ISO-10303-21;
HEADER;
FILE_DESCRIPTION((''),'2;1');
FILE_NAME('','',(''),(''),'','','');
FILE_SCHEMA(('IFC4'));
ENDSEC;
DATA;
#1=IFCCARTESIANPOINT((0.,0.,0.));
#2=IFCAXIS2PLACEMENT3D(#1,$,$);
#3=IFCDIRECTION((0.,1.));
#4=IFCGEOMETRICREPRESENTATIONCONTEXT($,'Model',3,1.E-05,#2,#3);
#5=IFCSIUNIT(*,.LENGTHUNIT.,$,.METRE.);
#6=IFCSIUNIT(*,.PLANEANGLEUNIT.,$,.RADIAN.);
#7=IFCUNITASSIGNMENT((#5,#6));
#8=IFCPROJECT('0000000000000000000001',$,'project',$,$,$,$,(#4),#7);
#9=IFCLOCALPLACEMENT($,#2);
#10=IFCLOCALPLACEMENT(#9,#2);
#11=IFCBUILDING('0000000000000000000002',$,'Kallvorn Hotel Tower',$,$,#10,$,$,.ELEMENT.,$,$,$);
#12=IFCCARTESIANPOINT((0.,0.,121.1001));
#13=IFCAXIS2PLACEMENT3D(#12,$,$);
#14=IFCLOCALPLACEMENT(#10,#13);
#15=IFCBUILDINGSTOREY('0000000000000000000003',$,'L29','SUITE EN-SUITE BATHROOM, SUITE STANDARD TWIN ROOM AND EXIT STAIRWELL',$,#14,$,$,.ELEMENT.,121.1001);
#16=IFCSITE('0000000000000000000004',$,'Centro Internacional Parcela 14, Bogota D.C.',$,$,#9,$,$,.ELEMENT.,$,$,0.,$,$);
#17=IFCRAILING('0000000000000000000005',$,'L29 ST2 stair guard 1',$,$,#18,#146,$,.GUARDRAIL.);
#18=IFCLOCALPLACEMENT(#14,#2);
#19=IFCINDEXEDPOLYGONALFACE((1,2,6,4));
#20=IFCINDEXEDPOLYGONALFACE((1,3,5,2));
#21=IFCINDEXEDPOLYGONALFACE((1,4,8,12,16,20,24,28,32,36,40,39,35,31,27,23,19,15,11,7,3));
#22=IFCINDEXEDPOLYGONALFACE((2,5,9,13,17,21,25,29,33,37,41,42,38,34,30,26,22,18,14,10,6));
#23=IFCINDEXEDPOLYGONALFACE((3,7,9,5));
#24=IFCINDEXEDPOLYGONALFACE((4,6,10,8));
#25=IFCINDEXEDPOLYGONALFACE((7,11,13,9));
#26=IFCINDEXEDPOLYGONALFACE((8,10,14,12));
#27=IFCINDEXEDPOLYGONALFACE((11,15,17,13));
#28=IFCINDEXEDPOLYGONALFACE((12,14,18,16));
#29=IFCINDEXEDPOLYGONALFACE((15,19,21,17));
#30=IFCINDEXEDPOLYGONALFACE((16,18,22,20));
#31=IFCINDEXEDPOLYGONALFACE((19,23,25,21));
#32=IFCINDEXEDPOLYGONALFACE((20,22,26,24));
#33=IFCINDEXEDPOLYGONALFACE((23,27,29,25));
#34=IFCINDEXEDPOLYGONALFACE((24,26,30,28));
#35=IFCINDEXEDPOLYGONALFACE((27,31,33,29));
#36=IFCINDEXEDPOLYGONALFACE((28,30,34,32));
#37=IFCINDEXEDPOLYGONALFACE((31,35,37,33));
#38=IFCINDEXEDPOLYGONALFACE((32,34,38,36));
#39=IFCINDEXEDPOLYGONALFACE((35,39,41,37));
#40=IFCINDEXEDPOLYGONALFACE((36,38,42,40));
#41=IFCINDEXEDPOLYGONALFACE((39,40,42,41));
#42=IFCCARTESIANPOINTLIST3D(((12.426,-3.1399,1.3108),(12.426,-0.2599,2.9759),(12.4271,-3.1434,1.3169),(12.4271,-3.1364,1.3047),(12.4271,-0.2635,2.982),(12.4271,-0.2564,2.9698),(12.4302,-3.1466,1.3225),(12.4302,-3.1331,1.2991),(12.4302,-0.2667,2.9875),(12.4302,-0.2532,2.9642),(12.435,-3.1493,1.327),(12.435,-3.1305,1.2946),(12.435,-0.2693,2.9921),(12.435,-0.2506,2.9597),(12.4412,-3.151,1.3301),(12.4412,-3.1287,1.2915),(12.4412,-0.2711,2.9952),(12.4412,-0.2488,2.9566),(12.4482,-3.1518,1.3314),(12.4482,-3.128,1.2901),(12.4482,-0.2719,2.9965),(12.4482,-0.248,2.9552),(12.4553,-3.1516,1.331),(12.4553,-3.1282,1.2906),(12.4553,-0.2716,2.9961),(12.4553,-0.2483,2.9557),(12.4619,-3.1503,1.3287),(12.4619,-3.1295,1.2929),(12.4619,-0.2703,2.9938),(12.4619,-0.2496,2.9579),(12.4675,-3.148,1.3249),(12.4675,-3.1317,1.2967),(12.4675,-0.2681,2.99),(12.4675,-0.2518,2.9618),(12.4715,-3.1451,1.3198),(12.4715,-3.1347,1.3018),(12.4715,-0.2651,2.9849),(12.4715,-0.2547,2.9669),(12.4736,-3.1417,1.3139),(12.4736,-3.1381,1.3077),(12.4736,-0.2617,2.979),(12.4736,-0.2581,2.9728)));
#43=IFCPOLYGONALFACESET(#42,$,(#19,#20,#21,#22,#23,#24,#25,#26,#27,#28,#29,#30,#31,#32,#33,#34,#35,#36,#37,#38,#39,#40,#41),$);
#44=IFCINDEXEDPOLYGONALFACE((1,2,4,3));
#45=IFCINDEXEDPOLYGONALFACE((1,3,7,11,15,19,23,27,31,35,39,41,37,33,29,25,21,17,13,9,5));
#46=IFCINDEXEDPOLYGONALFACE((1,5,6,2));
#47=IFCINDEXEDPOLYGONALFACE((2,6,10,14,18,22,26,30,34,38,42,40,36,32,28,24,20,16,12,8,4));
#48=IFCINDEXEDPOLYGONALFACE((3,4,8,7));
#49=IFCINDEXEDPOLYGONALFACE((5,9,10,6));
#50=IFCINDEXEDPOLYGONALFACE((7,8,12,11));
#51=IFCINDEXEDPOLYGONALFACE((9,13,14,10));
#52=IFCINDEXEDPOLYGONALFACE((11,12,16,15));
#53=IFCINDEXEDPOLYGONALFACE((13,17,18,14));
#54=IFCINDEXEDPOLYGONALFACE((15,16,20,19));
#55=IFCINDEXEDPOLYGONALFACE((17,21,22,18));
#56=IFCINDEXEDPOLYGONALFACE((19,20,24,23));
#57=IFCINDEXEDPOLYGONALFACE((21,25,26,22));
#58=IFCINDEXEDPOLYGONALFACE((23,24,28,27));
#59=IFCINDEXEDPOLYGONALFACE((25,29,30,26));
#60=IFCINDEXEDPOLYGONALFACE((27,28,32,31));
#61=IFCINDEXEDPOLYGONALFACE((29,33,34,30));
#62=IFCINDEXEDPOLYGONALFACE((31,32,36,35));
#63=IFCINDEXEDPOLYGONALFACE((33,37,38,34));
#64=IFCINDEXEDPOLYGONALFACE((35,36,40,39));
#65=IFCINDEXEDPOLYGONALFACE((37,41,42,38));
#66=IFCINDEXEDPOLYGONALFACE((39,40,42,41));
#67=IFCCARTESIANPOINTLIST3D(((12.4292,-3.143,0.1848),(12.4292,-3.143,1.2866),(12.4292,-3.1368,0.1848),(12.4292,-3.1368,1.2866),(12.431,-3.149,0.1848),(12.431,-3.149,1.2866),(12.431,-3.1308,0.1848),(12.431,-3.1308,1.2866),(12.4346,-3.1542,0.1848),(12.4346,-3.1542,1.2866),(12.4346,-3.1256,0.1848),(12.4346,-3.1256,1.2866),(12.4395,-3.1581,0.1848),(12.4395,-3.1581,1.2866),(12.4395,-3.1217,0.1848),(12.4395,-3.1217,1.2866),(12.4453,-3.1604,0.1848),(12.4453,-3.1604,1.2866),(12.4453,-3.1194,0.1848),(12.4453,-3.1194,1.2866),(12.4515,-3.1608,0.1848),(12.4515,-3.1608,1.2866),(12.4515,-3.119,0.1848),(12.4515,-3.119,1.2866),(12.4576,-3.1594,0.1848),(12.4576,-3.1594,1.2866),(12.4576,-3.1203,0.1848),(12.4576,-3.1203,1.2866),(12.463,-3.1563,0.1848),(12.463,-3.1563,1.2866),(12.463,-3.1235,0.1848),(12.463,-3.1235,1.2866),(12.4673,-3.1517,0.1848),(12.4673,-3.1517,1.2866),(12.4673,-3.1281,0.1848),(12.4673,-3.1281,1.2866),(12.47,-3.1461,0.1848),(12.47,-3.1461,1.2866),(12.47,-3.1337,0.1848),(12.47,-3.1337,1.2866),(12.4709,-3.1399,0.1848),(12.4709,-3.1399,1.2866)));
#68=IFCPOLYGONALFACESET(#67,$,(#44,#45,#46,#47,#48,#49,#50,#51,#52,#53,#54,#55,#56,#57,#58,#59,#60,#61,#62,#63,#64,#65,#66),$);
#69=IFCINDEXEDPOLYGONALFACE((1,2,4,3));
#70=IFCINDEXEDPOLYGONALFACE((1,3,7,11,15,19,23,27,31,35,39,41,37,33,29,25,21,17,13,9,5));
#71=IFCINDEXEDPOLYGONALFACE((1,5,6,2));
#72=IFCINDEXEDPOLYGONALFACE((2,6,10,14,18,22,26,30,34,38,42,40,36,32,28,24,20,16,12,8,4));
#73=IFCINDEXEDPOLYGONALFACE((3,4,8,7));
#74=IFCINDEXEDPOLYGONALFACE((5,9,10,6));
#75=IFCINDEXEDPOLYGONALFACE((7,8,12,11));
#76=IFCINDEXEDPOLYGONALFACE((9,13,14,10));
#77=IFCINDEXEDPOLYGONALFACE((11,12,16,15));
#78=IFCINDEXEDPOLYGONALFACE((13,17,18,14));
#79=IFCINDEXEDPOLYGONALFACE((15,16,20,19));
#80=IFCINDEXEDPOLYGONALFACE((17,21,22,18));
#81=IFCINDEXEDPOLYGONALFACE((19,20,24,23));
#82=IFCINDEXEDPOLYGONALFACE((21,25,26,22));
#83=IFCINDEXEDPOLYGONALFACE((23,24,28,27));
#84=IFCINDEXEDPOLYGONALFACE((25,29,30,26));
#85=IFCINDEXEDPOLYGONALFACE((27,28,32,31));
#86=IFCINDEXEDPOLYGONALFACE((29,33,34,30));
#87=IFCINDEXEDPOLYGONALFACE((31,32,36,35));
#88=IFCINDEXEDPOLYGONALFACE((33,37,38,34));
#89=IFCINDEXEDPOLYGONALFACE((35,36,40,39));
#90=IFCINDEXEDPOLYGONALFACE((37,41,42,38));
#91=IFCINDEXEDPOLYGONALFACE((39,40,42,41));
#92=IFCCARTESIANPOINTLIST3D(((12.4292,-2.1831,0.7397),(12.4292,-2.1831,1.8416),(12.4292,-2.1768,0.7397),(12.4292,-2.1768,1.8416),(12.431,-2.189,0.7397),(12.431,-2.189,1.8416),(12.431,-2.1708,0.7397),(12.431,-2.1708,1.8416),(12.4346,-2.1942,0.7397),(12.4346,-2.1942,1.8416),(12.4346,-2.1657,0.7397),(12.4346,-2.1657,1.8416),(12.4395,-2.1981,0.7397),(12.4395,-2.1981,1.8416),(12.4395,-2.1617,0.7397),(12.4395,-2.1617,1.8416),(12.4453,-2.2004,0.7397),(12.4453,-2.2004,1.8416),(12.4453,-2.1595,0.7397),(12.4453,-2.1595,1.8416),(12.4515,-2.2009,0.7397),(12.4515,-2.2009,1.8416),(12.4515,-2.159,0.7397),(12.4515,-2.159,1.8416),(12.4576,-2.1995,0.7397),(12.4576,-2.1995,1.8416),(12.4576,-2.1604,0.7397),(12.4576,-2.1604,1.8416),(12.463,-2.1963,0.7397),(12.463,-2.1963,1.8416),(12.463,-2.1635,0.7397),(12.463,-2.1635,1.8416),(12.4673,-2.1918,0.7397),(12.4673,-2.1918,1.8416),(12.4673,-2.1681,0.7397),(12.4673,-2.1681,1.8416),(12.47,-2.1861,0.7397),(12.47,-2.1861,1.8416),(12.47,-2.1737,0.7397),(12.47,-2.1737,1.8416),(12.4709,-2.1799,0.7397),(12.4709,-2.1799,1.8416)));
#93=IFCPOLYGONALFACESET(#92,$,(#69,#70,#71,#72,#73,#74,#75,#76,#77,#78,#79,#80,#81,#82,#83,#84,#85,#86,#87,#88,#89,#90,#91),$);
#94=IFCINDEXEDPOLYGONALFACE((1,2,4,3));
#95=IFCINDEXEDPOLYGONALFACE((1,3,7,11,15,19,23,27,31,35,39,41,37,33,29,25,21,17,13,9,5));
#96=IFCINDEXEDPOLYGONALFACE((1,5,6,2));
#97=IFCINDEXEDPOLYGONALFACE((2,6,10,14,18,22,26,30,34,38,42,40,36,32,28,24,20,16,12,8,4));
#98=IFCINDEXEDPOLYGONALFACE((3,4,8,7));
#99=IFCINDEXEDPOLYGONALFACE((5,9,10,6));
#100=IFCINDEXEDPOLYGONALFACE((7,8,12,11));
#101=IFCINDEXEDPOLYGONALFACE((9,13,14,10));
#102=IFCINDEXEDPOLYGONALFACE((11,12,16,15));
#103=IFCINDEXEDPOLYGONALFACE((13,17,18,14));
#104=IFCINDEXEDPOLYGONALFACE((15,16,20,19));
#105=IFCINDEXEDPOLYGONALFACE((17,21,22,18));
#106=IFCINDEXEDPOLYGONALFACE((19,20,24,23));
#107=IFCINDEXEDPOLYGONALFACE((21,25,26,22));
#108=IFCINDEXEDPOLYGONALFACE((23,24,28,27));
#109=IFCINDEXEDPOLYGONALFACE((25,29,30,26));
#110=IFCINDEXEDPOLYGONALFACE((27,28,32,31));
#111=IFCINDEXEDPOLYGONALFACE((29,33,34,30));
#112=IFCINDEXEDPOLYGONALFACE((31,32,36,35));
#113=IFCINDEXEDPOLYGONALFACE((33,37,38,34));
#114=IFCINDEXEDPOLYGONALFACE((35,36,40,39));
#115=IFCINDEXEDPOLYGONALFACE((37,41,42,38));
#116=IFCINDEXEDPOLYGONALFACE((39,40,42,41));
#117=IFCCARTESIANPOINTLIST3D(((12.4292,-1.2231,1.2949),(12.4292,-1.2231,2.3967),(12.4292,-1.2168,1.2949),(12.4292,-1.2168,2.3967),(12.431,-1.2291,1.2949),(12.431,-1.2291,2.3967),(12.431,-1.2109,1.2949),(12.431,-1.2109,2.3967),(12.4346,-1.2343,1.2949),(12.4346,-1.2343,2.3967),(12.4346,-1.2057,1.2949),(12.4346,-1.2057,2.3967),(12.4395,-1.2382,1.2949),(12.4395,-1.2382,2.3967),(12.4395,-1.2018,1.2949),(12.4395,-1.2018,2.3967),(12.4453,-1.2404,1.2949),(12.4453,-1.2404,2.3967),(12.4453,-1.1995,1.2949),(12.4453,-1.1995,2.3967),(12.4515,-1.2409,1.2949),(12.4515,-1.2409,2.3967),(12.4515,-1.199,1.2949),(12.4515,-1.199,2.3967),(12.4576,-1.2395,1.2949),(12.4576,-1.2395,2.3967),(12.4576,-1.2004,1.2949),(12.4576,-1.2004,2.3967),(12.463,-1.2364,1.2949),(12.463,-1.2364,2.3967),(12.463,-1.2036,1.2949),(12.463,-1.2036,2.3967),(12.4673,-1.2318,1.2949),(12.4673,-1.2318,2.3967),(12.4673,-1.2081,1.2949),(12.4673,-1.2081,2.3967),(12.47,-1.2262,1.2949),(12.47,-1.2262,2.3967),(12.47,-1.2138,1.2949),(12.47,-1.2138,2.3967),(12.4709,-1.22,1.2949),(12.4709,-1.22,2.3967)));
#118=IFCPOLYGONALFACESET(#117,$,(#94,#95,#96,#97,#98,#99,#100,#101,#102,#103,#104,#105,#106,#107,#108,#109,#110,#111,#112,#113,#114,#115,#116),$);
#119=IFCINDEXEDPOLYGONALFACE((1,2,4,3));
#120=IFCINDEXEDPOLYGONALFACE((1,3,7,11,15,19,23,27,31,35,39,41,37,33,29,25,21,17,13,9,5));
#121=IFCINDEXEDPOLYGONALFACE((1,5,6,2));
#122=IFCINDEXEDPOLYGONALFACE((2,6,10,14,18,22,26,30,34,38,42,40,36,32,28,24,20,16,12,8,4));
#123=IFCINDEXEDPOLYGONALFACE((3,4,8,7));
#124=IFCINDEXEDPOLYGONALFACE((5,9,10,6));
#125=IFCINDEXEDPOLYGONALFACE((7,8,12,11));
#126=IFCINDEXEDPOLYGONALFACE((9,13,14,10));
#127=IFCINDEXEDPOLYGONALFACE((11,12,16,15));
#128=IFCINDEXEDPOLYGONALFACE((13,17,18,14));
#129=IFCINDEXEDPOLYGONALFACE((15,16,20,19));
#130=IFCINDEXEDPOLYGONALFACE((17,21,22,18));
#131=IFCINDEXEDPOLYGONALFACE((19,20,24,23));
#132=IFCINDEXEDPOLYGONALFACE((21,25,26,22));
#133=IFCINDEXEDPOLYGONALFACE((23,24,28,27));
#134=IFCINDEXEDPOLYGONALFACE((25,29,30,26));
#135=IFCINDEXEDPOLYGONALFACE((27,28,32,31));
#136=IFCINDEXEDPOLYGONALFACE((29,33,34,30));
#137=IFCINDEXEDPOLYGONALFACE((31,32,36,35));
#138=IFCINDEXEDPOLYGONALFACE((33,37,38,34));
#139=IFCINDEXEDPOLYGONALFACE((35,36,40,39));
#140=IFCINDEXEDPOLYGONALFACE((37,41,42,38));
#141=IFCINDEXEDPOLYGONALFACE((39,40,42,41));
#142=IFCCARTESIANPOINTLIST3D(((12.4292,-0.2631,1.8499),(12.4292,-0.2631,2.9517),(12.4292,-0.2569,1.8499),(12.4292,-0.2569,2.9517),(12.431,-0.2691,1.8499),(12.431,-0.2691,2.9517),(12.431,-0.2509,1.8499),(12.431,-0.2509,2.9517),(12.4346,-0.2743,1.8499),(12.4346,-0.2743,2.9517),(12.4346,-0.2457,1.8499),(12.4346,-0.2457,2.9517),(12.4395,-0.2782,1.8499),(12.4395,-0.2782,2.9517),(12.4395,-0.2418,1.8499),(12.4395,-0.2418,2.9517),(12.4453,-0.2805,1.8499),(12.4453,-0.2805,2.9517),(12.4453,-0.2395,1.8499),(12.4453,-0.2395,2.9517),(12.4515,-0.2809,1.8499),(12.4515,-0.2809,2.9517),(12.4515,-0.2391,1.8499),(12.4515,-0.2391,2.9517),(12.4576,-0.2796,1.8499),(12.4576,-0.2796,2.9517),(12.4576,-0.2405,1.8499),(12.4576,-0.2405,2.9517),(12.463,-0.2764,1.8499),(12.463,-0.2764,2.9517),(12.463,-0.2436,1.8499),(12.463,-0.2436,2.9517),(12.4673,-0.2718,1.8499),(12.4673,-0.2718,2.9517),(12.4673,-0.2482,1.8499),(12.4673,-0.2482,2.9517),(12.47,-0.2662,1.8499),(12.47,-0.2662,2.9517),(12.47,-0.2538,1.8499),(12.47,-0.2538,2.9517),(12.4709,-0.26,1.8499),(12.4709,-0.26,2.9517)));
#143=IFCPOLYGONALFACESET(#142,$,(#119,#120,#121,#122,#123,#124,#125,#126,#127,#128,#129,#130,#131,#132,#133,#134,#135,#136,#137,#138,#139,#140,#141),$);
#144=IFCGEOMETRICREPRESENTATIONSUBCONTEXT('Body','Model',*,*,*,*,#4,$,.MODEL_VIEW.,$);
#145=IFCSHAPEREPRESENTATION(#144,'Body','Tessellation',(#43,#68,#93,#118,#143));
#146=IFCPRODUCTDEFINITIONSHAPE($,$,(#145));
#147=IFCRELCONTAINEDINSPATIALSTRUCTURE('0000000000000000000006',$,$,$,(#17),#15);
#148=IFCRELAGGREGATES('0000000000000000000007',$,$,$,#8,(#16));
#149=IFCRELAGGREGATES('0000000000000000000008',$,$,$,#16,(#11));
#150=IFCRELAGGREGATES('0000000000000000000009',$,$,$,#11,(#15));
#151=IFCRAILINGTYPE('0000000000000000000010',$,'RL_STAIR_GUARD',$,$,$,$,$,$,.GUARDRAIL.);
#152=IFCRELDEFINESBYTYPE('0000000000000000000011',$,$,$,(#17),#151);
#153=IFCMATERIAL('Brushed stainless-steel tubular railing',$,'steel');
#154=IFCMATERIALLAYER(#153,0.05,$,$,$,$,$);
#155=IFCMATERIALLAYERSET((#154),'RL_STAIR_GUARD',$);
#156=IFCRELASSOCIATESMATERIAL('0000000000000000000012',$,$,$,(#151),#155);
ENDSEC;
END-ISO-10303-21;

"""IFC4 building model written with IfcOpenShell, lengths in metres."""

from ifc_helpers import new_model, si_unit, direction, frame, origin, origin_2d, place, context, subcontext, project, spatial, circle, extrude, material, layer, layer_set, type_object, element, save


model = new_model("IFC4")

# Units and contexts
model_context = context("Model", 3, precision=1e-05, world=origin(), true_north=direction((0.0, 1.0)))
body_context = subcontext(model_context, "Body", "Model", "MODEL_VIEW")
ifc_project = project(units=[si_unit("LENGTHUNIT", "METRE"), si_unit("PLANEANGLEUNIT", "RADIAN")], contexts=[model_context])

# Site, building, storey
site_placement = place(None, origin())
site = spatial("IfcSite", under=ifc_project, at=site_placement, Name="Centro Internacional Parcela 14, Bogota D.C.", CompositionType="ELEMENT", RefElevation=0.0)
building_placement = place(site_placement, origin())
building = spatial("IfcBuilding", under=site, at=building_placement, Name="Kallvorn Hotel Tower", CompositionType="ELEMENT")
storey_placement = place(building_placement, frame((0.0, 0.0, 121.1001)))
storey = spatial("IfcBuildingStorey", under=building, at=storey_placement, Name="L29", Description="SUITE EN-SUITE BATHROOM, SUITE STANDARD TWIN ROOM AND EXIT STAIRWELL", CompositionType="ELEMENT", Elevation=121.1001)

# Railing
ifc_material_1 = material(Name="Brushed stainless-steel tubular railing", Category="steel")
ifc_layer_1 = layer(ifc_material_1, 0.05)
ifc_layer_set_1 = layer_set([ifc_layer_1], Name="RL_STAIR_GUARD")
railing_type_1 = type_object("IfcRailingType", Name="RL_STAIR_GUARD", PredefinedType="GUARDRAIL", material=ifc_layer_set_1)
railing_1_placement = place(storey_placement, frame((12.45, -3.1399, 0.1848)))
element("IfcRailing", 1, at=railing_1_placement, inside=storey, type_object=railing_type_1, Name="L29 ST2 stair guard 1", PredefinedType="GUARDRAIL", context=body_context, shape_type="SweptSolid", body=[
    extrude(circle(Radius=0.0239, at=origin_2d()), frame((0.0, 0.0, 1.126), z_axis=(0.0, 0.865721, 0.500527), x_axis=(-1.0, 0.0, 0.0)), (0.0, 0.0, 1.0), 3.3267),
    extrude(circle(Radius=0.021, at=origin_2d()), origin(), (0.0, 0.0, 1.0), 1.1018),
    extrude(circle(Radius=0.021, at=origin_2d()), frame((0.0, 0.96, 0.5549)), (0.0, 0.0, 1.0), 1.1018),
    extrude(circle(Radius=0.021, at=origin_2d()), frame((0.0, 1.9199, 1.1101)), (0.0, 0.0, 1.0), 1.1018),
    extrude(circle(Radius=0.021, at=origin_2d()), frame((0.0, 2.8799, 1.665)), (0.0, 0.0, 1.0), 1.1018),
])

save(model, "model.ifc")
